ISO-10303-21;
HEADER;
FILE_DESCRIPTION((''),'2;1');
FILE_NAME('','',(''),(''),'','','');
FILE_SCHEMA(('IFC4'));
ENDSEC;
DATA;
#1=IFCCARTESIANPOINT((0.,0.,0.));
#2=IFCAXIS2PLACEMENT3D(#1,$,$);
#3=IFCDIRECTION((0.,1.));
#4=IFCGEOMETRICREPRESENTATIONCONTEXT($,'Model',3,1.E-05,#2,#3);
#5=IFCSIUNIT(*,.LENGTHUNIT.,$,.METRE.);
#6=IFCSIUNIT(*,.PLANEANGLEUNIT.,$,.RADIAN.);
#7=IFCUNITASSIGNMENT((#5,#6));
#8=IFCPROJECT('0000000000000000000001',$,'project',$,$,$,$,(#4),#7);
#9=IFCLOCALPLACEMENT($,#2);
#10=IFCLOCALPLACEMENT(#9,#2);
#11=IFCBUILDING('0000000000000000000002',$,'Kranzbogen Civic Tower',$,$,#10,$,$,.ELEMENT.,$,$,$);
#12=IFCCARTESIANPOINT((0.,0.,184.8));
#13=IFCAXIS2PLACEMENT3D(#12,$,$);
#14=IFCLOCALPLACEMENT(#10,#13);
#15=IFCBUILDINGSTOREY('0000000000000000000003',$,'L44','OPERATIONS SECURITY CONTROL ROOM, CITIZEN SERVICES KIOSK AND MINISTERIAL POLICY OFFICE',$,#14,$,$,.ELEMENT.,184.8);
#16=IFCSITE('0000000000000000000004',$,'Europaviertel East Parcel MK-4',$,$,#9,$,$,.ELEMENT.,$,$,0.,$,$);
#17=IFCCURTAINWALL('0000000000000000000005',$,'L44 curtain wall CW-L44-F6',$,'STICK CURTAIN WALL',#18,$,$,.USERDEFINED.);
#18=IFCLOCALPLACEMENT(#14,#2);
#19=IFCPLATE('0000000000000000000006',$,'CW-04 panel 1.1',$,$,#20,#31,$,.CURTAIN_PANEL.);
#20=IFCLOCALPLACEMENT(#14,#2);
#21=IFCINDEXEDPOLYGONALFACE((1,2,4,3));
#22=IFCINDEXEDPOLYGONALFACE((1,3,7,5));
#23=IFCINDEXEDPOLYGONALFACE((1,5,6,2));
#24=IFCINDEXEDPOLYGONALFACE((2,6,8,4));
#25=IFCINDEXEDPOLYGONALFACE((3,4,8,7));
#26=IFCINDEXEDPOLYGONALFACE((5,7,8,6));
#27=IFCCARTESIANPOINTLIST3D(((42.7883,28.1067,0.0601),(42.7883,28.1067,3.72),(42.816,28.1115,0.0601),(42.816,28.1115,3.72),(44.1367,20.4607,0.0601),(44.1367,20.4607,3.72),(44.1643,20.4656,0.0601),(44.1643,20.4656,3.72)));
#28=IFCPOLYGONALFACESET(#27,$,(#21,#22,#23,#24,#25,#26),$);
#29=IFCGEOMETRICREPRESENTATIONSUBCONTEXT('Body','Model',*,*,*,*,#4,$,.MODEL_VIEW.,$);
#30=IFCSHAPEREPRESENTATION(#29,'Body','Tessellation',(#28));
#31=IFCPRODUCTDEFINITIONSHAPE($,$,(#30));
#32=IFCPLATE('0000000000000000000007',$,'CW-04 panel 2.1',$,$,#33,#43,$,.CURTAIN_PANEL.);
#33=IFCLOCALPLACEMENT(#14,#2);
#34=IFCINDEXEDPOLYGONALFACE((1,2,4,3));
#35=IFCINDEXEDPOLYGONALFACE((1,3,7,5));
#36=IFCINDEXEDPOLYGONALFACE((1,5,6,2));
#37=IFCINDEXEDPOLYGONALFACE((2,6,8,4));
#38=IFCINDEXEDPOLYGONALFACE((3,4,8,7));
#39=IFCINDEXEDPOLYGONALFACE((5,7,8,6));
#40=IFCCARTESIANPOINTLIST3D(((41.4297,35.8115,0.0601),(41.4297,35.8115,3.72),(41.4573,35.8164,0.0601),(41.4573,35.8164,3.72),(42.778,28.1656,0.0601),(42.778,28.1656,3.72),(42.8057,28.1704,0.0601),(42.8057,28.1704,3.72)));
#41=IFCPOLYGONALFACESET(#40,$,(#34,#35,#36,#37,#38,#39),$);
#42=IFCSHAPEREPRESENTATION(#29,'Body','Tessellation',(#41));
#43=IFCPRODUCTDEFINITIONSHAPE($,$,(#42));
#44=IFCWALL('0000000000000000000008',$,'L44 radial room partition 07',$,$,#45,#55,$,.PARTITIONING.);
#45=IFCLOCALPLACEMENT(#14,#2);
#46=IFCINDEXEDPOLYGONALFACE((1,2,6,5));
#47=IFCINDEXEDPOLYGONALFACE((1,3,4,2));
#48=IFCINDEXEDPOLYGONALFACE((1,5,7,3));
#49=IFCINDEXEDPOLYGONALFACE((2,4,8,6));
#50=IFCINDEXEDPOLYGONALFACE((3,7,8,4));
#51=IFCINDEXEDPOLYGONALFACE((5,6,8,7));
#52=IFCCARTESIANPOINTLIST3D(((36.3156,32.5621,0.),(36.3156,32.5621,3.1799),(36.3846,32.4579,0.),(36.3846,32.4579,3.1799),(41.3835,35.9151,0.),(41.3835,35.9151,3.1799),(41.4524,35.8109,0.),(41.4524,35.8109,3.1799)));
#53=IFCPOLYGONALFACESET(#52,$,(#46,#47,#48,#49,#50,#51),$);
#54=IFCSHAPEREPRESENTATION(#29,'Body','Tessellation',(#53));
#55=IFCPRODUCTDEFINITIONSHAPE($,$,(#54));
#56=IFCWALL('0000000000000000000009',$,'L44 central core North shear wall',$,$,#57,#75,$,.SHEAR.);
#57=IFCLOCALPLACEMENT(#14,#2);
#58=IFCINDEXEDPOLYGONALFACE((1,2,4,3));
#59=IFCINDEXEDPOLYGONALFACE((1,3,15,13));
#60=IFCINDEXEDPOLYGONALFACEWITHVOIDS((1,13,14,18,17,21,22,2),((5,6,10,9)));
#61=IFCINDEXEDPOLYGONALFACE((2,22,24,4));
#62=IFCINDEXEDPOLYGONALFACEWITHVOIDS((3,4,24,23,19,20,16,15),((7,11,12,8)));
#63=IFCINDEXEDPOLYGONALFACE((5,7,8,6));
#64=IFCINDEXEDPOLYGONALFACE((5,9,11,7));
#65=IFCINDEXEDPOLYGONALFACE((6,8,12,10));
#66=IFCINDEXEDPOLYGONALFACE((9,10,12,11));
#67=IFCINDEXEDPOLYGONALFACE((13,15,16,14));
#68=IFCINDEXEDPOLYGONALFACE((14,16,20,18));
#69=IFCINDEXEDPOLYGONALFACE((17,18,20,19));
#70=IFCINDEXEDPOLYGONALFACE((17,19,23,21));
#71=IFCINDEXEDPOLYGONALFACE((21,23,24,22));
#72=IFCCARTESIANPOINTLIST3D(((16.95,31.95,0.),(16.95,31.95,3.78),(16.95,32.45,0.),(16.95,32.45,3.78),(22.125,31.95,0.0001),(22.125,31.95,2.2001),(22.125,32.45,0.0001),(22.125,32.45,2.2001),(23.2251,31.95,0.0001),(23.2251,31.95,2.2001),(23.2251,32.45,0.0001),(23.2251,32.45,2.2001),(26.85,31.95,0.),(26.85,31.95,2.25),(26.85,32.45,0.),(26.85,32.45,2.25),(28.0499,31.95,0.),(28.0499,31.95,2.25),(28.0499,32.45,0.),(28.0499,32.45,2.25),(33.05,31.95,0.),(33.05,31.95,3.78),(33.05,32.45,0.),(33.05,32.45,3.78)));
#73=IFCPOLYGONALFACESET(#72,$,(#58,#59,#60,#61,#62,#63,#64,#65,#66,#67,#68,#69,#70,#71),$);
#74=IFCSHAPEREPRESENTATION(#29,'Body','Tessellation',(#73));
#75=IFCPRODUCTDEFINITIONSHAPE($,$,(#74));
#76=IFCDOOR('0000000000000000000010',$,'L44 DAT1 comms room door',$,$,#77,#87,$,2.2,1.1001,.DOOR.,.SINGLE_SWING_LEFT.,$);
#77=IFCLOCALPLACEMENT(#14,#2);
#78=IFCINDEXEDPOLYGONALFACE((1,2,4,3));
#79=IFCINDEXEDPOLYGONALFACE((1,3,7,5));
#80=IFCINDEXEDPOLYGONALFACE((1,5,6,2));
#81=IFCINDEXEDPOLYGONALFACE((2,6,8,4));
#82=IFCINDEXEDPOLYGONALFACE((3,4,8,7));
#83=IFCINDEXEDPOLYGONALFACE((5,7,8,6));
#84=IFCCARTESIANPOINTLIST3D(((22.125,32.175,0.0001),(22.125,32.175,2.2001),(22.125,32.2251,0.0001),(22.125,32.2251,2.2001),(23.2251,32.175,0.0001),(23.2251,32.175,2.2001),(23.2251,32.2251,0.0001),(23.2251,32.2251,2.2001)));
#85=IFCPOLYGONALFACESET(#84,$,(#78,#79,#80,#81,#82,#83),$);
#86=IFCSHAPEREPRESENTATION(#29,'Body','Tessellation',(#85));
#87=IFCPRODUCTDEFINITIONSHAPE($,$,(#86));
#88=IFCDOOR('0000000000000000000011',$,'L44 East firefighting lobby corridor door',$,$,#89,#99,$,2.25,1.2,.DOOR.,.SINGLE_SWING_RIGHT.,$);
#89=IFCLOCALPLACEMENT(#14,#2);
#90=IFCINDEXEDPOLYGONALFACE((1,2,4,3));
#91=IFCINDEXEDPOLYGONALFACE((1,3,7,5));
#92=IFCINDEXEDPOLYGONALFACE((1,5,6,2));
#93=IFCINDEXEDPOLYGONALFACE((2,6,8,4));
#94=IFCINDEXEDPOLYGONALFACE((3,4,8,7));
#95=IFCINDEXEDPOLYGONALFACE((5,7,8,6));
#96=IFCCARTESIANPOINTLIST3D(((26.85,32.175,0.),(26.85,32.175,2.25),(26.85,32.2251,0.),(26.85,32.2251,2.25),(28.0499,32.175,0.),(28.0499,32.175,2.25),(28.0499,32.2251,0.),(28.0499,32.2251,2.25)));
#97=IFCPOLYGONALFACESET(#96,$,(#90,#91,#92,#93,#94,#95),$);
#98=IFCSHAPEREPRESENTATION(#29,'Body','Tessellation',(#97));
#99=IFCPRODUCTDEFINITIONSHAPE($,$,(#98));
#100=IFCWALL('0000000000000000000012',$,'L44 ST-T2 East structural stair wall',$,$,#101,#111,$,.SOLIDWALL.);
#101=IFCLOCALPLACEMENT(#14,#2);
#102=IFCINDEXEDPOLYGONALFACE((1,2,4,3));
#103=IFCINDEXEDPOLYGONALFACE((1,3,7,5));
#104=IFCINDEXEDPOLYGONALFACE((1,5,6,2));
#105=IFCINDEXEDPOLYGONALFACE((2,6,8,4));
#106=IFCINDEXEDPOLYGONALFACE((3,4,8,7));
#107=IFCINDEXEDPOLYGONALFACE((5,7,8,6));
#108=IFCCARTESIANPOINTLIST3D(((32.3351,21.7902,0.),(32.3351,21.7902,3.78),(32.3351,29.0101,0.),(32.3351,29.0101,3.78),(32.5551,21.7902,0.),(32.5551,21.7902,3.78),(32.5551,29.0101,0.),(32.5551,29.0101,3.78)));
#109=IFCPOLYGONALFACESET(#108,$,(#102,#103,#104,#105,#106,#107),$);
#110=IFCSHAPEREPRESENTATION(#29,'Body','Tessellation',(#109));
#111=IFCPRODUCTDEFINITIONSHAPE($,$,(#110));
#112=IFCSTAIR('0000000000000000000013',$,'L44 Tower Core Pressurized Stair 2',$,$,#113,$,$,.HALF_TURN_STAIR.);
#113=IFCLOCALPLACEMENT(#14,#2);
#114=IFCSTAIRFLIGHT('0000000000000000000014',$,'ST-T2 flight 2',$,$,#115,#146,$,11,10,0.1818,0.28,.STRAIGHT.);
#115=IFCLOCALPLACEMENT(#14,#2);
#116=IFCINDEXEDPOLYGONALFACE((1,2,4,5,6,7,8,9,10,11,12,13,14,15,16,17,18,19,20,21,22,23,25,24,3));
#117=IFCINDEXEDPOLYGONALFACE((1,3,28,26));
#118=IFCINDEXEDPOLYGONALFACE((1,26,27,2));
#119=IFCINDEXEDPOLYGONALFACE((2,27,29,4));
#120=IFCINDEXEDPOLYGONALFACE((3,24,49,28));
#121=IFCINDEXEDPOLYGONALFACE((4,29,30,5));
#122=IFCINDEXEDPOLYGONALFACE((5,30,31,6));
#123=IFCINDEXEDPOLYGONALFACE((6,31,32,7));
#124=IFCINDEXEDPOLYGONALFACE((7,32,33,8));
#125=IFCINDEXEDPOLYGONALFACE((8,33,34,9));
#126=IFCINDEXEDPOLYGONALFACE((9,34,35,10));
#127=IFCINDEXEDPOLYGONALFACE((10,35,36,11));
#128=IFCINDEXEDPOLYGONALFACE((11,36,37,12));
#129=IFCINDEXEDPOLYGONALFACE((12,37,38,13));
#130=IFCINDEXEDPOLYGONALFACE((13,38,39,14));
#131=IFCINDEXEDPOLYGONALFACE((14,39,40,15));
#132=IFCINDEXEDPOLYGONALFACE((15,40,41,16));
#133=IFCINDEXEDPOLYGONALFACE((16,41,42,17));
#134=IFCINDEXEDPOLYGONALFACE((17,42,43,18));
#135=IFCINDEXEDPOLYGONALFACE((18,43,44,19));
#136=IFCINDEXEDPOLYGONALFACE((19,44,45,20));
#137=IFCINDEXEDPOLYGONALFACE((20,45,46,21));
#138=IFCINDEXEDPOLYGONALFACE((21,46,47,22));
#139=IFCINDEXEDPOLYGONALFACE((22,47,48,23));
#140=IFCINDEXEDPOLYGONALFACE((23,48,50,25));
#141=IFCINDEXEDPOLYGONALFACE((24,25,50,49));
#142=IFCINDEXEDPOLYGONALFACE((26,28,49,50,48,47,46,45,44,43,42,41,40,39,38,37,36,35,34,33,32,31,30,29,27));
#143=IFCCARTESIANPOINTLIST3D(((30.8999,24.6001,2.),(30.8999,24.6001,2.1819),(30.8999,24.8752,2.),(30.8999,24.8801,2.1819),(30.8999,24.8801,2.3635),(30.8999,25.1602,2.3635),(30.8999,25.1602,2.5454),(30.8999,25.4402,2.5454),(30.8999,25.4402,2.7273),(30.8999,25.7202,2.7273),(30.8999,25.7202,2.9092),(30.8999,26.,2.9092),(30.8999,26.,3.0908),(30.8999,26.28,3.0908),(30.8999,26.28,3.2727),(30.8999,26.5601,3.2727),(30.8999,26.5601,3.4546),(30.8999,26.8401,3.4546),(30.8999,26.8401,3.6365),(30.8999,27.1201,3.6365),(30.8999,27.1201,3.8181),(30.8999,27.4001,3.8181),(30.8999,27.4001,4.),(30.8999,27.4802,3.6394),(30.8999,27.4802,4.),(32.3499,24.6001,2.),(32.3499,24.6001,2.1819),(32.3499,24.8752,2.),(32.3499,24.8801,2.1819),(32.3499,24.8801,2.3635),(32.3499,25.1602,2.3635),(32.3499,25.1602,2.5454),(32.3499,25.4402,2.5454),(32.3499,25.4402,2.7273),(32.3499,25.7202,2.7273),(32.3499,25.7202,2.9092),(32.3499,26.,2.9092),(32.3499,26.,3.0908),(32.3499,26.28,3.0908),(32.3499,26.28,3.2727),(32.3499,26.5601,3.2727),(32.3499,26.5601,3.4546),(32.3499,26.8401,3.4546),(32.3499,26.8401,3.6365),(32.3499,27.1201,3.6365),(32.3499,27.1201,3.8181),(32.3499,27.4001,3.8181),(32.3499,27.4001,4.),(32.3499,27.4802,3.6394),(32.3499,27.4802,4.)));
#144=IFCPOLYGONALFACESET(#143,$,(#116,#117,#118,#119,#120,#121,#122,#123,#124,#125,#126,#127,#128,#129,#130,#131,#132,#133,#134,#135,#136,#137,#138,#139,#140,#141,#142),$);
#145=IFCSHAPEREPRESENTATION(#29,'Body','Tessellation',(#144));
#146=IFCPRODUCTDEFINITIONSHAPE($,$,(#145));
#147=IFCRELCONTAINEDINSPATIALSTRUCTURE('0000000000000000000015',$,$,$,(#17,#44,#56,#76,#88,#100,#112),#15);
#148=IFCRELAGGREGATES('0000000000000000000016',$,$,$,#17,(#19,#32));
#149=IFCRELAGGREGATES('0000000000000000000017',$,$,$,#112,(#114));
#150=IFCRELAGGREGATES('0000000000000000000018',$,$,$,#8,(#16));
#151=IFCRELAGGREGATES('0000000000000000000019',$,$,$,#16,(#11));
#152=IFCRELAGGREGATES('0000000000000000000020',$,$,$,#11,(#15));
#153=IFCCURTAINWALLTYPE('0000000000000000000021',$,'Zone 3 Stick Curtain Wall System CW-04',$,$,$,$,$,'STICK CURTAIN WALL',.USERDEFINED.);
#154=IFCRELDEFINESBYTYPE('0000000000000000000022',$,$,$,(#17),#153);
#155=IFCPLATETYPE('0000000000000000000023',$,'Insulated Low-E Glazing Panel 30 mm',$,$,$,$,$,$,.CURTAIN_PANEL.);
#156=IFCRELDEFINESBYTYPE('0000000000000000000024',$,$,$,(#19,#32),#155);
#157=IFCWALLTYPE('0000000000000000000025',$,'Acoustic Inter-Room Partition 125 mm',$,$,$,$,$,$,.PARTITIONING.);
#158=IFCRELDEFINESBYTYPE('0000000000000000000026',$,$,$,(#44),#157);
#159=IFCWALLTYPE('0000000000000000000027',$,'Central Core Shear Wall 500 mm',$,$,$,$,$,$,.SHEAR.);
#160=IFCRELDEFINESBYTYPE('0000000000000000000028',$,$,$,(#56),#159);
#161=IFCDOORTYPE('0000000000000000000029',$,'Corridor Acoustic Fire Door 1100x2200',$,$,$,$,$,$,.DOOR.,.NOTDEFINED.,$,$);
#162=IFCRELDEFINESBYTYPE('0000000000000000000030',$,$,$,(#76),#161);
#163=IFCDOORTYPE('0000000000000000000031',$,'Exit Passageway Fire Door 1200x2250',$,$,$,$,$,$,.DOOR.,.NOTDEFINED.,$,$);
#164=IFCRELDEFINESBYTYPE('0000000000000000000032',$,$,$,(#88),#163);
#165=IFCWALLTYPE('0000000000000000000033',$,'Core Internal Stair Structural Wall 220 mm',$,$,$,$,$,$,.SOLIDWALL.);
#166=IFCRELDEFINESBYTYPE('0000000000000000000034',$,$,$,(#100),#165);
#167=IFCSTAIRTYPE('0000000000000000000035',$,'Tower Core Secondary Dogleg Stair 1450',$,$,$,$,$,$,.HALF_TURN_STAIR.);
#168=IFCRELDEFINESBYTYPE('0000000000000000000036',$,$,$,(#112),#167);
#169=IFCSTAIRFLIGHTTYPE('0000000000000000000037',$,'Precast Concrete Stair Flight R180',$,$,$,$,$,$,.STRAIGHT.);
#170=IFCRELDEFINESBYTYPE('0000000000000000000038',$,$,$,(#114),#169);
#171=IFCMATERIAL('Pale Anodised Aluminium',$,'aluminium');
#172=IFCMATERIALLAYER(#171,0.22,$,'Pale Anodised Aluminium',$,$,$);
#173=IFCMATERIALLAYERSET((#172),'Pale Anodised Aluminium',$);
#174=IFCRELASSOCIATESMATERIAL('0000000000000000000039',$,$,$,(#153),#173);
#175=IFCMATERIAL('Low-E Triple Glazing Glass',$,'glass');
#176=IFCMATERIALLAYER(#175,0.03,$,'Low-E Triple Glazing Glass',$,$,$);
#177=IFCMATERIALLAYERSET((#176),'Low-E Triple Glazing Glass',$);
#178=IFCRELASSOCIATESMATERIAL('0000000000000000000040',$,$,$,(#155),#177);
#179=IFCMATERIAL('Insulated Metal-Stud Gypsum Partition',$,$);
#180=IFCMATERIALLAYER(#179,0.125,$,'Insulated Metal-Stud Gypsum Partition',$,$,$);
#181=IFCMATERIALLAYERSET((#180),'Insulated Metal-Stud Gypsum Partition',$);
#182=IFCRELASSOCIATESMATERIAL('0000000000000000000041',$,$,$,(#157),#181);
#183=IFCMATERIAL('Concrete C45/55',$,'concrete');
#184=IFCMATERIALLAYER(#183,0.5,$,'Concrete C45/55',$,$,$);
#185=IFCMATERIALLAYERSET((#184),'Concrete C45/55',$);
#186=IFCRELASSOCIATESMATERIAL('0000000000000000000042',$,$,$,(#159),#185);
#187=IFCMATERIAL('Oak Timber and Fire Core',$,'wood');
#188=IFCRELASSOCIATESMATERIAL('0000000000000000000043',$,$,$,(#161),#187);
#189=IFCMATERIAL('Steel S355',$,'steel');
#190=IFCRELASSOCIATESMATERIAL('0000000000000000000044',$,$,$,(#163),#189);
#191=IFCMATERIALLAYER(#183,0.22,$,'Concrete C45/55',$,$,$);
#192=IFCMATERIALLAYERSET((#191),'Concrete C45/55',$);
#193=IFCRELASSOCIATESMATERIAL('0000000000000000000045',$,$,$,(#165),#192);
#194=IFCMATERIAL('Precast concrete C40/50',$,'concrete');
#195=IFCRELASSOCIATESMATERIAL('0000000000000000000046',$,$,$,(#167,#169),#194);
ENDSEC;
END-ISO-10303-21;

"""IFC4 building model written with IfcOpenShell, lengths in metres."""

from ifc_helpers import new_model, si_unit, direction, frame, frame_2d, origin, origin_2d, place, context, subcontext, project, spatial, polyline, rectangle, outline, extrude, material, layer, layer_set, type_object, element, fill, aggregate, save


model = new_model("IFC4")

# Units and contexts
model_context = context("Model", 3, precision=1e-05, world=origin(), true_north=direction((0.0, 1.0)))
body_context = subcontext(model_context, "Body", "Model", "MODEL_VIEW")
ifc_project = project(units=[si_unit("LENGTHUNIT", "METRE"), si_unit("PLANEANGLEUNIT", "RADIAN")], contexts=[model_context])

# Site, building, storey
site_placement = place(None, origin())
site = spatial("IfcSite", under=ifc_project, at=site_placement, Name="Europaviertel East Parcel MK-4", CompositionType="ELEMENT", RefElevation=0.0)
building_placement = place(site_placement, origin())
building = spatial("IfcBuilding", under=site, at=building_placement, Name="Kranzbogen Civic Tower", CompositionType="ELEMENT")
storey_placement = place(building_placement, frame((0.0, 0.0, 184.8)))
storey = spatial("IfcBuildingStorey", under=building, at=storey_placement, Name="L44", Description="OPERATIONS SECURITY CONTROL ROOM, CITIZEN SERVICES KIOSK AND MINISTERIAL POLICY OFFICE", CompositionType="ELEMENT", Elevation=184.8)

# Shared definitions
ifc_material_1 = material(Name="Steel S355", Category="steel")

# Curtain wall
ifc_material_2 = material(Name="Pale Anodised Aluminium", Category="aluminium")
ifc_layer_1 = layer(ifc_material_2, 0.22, Name="Pale Anodised Aluminium")
ifc_layer_set_1 = layer_set([ifc_layer_1], Name="Pale Anodised Aluminium")
curtain_wall_type = type_object("IfcCurtainWallType", Name="Zone 3 Stick Curtain Wall System CW-04", ElementType="STICK CURTAIN WALL", PredefinedType="USERDEFINED", material=ifc_layer_set_1)
curtain_wall_placement = place(storey_placement, origin())
curtain_wall = element("IfcCurtainWall", 1, at=curtain_wall_placement, inside=storey, type_object=curtain_wall_type, Name="L44 curtain wall CW-L44-F6", ObjectType="STICK CURTAIN WALL", PredefinedType="USERDEFINED")

# Plates
ifc_material_3 = material(Name="Low-E Triple Glazing Glass", Category="glass")
ifc_layer_2 = layer(ifc_material_3, 0.03, Name="Low-E Triple Glazing Glass")
ifc_layer_set_2 = layer_set([ifc_layer_2], Name="Low-E Triple Glazing Glass")
plate_type = type_object("IfcPlateType", Name="Insulated Low-E Glazing Panel 30 mm", PredefinedType="CURTAIN_PANEL", material=ifc_layer_set_2)
plate_1_placement = place(storey_placement, frame((43.4763, 24.2861, 0.0601), z_axis=(0.0, 0.0, 1.0), x_axis=(-0.173673, 0.984803, 0.0)))
plate_1 = element("IfcPlate", 2, at=plate_1_placement, type_object=plate_type, Name="CW-04 panel 1.1", PredefinedType="CURTAIN_PANEL", context=body_context, shape_type="SweptSolid", body=[
    extrude(rectangle(XDim=7.7639, YDim=0.0281, at=origin_2d()), origin(), (0.0, 0.0, 1.0), 3.6599),
])
plate_2_placement = place(storey_placement, frame((42.1177, 31.991, 0.0601), z_axis=(0.0, 0.0, 1.0), x_axis=(-0.173673, 0.984803, 0.0)))
plate_2 = element("IfcPlate", 3, at=plate_2_placement, type_object=plate_type, Name="CW-04 panel 2.1", PredefinedType="CURTAIN_PANEL", context=body_context, shape_type="SweptSolid", body=[
    extrude(rectangle(XDim=7.7639, YDim=0.0281, at=origin_2d()), origin(), (0.0, 0.0, 1.0), 3.6599),
])
aggregate(curtain_wall, [plate_1, plate_2])

# Wall
ifc_material_4 = material(Name="Insulated Metal-Stud Gypsum Partition")
ifc_layer_3 = layer(ifc_material_4, 0.125, Name="Insulated Metal-Stud Gypsum Partition")
ifc_layer_set_3 = layer_set([ifc_layer_3], Name="Insulated Metal-Stud Gypsum Partition")
wall_type_1 = type_object("IfcWallType", Name="Acoustic Inter-Room Partition 125 mm", PredefinedType="PARTITIONING", material=ifc_layer_set_3)
wall_1_placement = place(storey_placement, frame((36.3501, 32.51, 0.0), z_axis=(0.0, 0.0, 1.0), x_axis=(0.833986, 0.551786, 0.0)))
element("IfcWall", 4, at=wall_1_placement, inside=storey, type_object=wall_type_1, Name="L44 radial room partition 07", PredefinedType="PARTITIONING", context=body_context, shape_type="SweptSolid", body=[
    extrude(rectangle(XDim=6.0767, YDim=0.125, at=frame_2d((3.0383, 0.0))), origin(), (0.0, 0.0, 1.0), 3.1799),
])

# Wall, openings, doors
ifc_material_5 = material(Name="Concrete C45/55", Category="concrete")
ifc_layer_4 = layer(ifc_material_5, 0.5, Name="Concrete C45/55")
ifc_layer_set_4 = layer_set([ifc_layer_4], Name="Concrete C45/55")
wall_type_2 = type_object("IfcWallType", Name="Central Core Shear Wall 500 mm", PredefinedType="SHEAR", material=ifc_layer_set_4)
wall_2_placement = place(storey_placement, frame((33.05, 32.2, 0.0), z_axis=(0.0, 0.0, 1.0), x_axis=(-1.0, 0.0, 0.0)))
wall_2 = element("IfcWall", 5, at=wall_2_placement, inside=storey, type_object=wall_type_2, Name="L44 central core North shear wall", PredefinedType="SHEAR", context=body_context, shape_type="SweptSolid", body=[
    extrude(rectangle(XDim=16.1001, YDim=0.5, at=frame_2d((8.05, 0.0))), origin(), (0.0, 0.0, 1.0), 3.78),
])
opening_1_placement = place(wall_2_placement, frame((5.0, 0.0, 0.0)))
opening_1 = element("IfcOpeningElement", 6, at=opening_1_placement, cuts=wall_2, PredefinedType="OPENING", context=body_context, shape_type="SweptSolid", body=[
    extrude(rectangle(XDim=1.2, YDim=2.25, at=frame_2d((0.6001, 1.125))), frame((0.0, 0.26, 0.0), z_axis=(0.0, -1.0, 0.0), x_axis=(1.0, 0.0, 0.0)), (0.0, 0.0, 1.0), 0.52),
])
opening_2_placement = place(wall_2_placement, frame((9.825, 0.0, 0.0)))
opening_2 = element("IfcOpeningElement", 7, at=opening_2_placement, cuts=wall_2, PredefinedType="OPENING", context=body_context, shape_type="SweptSolid", body=[
    extrude(rectangle(XDim=1.1001, YDim=2.2, at=frame_2d((0.55, 1.1001))), frame((0.0, 0.26, 0.0), z_axis=(0.0, -1.0, 0.0), x_axis=(1.0, 0.0, 0.0)), (0.0, 0.0, 1.0), 0.52),
])
ifc_material_6 = material(Name="Oak Timber and Fire Core", Category="wood")
door_type_1 = type_object("IfcDoorType", Name="Corridor Acoustic Fire Door 1100x2200", OperationType="NOTDEFINED", PredefinedType="DOOR", material=ifc_material_6)
door_1_placement = place(opening_2_placement, origin())
door_1 = element("IfcDoor", 8, at=door_1_placement, inside=storey, type_object=door_type_1, Name="L44 DAT1 comms room door", OperationType="SINGLE_SWING_LEFT", OverallHeight=2.2, OverallWidth=1.1001, PredefinedType="DOOR", context=body_context, shape_type="SweptSolid", body=[
    extrude(rectangle(XDim=1.1001, YDim=2.2, at=frame_2d((0.55, 1.1001))), frame((0.0, 0.0249, 0.0), z_axis=(0.0, -1.0, 0.0), x_axis=(1.0, 0.0, 0.0)), (0.0, 0.0, 1.0), 0.05),
])
fill(opening_2, door_1)
door_type_2 = type_object("IfcDoorType", Name="Exit Passageway Fire Door 1200x2250", OperationType="NOTDEFINED", PredefinedType="DOOR", material=ifc_material_1)
door_2_placement = place(opening_1_placement, origin())
door_2 = element("IfcDoor", 9, at=door_2_placement, inside=storey, type_object=door_type_2, Name="L44 East firefighting lobby corridor door", OperationType="SINGLE_SWING_RIGHT", OverallHeight=2.25, OverallWidth=1.2, PredefinedType="DOOR", context=body_context, shape_type="SweptSolid", body=[
    extrude(rectangle(XDim=1.2, YDim=2.25, at=frame_2d((0.6001, 1.125))), frame((0.0, 0.0249, 0.0), z_axis=(0.0, -1.0, 0.0), x_axis=(1.0, 0.0, 0.0)), (0.0, 0.0, 1.0), 0.05),
])
fill(opening_1, door_2)

# Wall
ifc_layer_5 = layer(ifc_material_5, 0.22, Name="Concrete C45/55")
ifc_layer_set_5 = layer_set([ifc_layer_5], Name="Concrete C45/55")
wall_type_3 = type_object("IfcWallType", Name="Core Internal Stair Structural Wall 220 mm", PredefinedType="SOLIDWALL", material=ifc_layer_set_5)
wall_3_placement = place(storey_placement, frame((32.4451, 29.01, 0.0), z_axis=(0.0, 0.0, 1.0), x_axis=(0.0, -1.0, 0.0)))
element("IfcWall", 10, at=wall_3_placement, inside=storey, type_object=wall_type_3, Name="L44 ST-T2 East structural stair wall", PredefinedType="SOLIDWALL", context=body_context, shape_type="SweptSolid", body=[
    extrude(rectangle(XDim=7.22, YDim=0.22, at=frame_2d((3.6099, 0.0))), origin(), (0.0, 0.0, 1.0), 3.78),
])

# Stair, stair flight
ifc_material_7 = material(Name="Precast concrete C40/50", Category="concrete")
stair_type = type_object("IfcStairType", Name="Tower Core Secondary Dogleg Stair 1450", PredefinedType="HALF_TURN_STAIR", material=ifc_material_7)
stair_placement = place(storey_placement, origin())
stair = element("IfcStair", 11, at=stair_placement, inside=storey, type_object=stair_type, Name="L44 Tower Core Pressurized Stair 2", PredefinedType="HALF_TURN_STAIR")
stair_flight_type = type_object("IfcStairFlightType", Name="Precast Concrete Stair Flight R180", PredefinedType="STRAIGHT", material=ifc_material_7)
stair_flight_placement = place(storey_placement, frame((31.625, 24.6001, 2.0), z_axis=(0.0, 0.0, 1.0), x_axis=(0.0, 1.0, 0.0)))
stair_flight = element("IfcStairFlight", 12, at=stair_flight_placement, type_object=stair_flight_type, Name="ST-T2 flight 2", NumberOfRisers=11, NumberOfTreads=10, PredefinedType="STRAIGHT", RiserHeight=0.1818, TreadLength=0.28, context=body_context, shape_type="SweptSolid", body=[
    extrude(outline(polyline([(0.0, 0.0), (0.0, 0.1819), (0.28, 0.1819), (0.28, 0.3635), (0.5601, 0.3635), (0.5601, 0.5454), (0.8401, 0.5454), (0.8401, 0.7273), (1.1201, 0.7273), (1.1201, 0.9092), (1.3999, 0.9092), (1.3999, 1.0908), (1.6799, 1.0908), (1.6799, 1.2727), (1.96, 1.2727), (1.96, 1.4546), (2.24, 1.4546), (2.24, 1.6365), (2.52, 1.6365), (2.52, 1.8181), (2.8, 1.8181), (2.8, 2.0), (2.8801, 2.0), (2.8801, 1.6394), (0.2751, 0.0), (0.0, 0.0)])), frame((0.0, 0.7251, 0.0), z_axis=(0.0, -1.0, 0.0), x_axis=(1.0, 0.0, 0.0)), (0.0, 0.0, 1.0), 1.45),
])
aggregate(stair, [stair_flight])

save(model, "model.ifc")
